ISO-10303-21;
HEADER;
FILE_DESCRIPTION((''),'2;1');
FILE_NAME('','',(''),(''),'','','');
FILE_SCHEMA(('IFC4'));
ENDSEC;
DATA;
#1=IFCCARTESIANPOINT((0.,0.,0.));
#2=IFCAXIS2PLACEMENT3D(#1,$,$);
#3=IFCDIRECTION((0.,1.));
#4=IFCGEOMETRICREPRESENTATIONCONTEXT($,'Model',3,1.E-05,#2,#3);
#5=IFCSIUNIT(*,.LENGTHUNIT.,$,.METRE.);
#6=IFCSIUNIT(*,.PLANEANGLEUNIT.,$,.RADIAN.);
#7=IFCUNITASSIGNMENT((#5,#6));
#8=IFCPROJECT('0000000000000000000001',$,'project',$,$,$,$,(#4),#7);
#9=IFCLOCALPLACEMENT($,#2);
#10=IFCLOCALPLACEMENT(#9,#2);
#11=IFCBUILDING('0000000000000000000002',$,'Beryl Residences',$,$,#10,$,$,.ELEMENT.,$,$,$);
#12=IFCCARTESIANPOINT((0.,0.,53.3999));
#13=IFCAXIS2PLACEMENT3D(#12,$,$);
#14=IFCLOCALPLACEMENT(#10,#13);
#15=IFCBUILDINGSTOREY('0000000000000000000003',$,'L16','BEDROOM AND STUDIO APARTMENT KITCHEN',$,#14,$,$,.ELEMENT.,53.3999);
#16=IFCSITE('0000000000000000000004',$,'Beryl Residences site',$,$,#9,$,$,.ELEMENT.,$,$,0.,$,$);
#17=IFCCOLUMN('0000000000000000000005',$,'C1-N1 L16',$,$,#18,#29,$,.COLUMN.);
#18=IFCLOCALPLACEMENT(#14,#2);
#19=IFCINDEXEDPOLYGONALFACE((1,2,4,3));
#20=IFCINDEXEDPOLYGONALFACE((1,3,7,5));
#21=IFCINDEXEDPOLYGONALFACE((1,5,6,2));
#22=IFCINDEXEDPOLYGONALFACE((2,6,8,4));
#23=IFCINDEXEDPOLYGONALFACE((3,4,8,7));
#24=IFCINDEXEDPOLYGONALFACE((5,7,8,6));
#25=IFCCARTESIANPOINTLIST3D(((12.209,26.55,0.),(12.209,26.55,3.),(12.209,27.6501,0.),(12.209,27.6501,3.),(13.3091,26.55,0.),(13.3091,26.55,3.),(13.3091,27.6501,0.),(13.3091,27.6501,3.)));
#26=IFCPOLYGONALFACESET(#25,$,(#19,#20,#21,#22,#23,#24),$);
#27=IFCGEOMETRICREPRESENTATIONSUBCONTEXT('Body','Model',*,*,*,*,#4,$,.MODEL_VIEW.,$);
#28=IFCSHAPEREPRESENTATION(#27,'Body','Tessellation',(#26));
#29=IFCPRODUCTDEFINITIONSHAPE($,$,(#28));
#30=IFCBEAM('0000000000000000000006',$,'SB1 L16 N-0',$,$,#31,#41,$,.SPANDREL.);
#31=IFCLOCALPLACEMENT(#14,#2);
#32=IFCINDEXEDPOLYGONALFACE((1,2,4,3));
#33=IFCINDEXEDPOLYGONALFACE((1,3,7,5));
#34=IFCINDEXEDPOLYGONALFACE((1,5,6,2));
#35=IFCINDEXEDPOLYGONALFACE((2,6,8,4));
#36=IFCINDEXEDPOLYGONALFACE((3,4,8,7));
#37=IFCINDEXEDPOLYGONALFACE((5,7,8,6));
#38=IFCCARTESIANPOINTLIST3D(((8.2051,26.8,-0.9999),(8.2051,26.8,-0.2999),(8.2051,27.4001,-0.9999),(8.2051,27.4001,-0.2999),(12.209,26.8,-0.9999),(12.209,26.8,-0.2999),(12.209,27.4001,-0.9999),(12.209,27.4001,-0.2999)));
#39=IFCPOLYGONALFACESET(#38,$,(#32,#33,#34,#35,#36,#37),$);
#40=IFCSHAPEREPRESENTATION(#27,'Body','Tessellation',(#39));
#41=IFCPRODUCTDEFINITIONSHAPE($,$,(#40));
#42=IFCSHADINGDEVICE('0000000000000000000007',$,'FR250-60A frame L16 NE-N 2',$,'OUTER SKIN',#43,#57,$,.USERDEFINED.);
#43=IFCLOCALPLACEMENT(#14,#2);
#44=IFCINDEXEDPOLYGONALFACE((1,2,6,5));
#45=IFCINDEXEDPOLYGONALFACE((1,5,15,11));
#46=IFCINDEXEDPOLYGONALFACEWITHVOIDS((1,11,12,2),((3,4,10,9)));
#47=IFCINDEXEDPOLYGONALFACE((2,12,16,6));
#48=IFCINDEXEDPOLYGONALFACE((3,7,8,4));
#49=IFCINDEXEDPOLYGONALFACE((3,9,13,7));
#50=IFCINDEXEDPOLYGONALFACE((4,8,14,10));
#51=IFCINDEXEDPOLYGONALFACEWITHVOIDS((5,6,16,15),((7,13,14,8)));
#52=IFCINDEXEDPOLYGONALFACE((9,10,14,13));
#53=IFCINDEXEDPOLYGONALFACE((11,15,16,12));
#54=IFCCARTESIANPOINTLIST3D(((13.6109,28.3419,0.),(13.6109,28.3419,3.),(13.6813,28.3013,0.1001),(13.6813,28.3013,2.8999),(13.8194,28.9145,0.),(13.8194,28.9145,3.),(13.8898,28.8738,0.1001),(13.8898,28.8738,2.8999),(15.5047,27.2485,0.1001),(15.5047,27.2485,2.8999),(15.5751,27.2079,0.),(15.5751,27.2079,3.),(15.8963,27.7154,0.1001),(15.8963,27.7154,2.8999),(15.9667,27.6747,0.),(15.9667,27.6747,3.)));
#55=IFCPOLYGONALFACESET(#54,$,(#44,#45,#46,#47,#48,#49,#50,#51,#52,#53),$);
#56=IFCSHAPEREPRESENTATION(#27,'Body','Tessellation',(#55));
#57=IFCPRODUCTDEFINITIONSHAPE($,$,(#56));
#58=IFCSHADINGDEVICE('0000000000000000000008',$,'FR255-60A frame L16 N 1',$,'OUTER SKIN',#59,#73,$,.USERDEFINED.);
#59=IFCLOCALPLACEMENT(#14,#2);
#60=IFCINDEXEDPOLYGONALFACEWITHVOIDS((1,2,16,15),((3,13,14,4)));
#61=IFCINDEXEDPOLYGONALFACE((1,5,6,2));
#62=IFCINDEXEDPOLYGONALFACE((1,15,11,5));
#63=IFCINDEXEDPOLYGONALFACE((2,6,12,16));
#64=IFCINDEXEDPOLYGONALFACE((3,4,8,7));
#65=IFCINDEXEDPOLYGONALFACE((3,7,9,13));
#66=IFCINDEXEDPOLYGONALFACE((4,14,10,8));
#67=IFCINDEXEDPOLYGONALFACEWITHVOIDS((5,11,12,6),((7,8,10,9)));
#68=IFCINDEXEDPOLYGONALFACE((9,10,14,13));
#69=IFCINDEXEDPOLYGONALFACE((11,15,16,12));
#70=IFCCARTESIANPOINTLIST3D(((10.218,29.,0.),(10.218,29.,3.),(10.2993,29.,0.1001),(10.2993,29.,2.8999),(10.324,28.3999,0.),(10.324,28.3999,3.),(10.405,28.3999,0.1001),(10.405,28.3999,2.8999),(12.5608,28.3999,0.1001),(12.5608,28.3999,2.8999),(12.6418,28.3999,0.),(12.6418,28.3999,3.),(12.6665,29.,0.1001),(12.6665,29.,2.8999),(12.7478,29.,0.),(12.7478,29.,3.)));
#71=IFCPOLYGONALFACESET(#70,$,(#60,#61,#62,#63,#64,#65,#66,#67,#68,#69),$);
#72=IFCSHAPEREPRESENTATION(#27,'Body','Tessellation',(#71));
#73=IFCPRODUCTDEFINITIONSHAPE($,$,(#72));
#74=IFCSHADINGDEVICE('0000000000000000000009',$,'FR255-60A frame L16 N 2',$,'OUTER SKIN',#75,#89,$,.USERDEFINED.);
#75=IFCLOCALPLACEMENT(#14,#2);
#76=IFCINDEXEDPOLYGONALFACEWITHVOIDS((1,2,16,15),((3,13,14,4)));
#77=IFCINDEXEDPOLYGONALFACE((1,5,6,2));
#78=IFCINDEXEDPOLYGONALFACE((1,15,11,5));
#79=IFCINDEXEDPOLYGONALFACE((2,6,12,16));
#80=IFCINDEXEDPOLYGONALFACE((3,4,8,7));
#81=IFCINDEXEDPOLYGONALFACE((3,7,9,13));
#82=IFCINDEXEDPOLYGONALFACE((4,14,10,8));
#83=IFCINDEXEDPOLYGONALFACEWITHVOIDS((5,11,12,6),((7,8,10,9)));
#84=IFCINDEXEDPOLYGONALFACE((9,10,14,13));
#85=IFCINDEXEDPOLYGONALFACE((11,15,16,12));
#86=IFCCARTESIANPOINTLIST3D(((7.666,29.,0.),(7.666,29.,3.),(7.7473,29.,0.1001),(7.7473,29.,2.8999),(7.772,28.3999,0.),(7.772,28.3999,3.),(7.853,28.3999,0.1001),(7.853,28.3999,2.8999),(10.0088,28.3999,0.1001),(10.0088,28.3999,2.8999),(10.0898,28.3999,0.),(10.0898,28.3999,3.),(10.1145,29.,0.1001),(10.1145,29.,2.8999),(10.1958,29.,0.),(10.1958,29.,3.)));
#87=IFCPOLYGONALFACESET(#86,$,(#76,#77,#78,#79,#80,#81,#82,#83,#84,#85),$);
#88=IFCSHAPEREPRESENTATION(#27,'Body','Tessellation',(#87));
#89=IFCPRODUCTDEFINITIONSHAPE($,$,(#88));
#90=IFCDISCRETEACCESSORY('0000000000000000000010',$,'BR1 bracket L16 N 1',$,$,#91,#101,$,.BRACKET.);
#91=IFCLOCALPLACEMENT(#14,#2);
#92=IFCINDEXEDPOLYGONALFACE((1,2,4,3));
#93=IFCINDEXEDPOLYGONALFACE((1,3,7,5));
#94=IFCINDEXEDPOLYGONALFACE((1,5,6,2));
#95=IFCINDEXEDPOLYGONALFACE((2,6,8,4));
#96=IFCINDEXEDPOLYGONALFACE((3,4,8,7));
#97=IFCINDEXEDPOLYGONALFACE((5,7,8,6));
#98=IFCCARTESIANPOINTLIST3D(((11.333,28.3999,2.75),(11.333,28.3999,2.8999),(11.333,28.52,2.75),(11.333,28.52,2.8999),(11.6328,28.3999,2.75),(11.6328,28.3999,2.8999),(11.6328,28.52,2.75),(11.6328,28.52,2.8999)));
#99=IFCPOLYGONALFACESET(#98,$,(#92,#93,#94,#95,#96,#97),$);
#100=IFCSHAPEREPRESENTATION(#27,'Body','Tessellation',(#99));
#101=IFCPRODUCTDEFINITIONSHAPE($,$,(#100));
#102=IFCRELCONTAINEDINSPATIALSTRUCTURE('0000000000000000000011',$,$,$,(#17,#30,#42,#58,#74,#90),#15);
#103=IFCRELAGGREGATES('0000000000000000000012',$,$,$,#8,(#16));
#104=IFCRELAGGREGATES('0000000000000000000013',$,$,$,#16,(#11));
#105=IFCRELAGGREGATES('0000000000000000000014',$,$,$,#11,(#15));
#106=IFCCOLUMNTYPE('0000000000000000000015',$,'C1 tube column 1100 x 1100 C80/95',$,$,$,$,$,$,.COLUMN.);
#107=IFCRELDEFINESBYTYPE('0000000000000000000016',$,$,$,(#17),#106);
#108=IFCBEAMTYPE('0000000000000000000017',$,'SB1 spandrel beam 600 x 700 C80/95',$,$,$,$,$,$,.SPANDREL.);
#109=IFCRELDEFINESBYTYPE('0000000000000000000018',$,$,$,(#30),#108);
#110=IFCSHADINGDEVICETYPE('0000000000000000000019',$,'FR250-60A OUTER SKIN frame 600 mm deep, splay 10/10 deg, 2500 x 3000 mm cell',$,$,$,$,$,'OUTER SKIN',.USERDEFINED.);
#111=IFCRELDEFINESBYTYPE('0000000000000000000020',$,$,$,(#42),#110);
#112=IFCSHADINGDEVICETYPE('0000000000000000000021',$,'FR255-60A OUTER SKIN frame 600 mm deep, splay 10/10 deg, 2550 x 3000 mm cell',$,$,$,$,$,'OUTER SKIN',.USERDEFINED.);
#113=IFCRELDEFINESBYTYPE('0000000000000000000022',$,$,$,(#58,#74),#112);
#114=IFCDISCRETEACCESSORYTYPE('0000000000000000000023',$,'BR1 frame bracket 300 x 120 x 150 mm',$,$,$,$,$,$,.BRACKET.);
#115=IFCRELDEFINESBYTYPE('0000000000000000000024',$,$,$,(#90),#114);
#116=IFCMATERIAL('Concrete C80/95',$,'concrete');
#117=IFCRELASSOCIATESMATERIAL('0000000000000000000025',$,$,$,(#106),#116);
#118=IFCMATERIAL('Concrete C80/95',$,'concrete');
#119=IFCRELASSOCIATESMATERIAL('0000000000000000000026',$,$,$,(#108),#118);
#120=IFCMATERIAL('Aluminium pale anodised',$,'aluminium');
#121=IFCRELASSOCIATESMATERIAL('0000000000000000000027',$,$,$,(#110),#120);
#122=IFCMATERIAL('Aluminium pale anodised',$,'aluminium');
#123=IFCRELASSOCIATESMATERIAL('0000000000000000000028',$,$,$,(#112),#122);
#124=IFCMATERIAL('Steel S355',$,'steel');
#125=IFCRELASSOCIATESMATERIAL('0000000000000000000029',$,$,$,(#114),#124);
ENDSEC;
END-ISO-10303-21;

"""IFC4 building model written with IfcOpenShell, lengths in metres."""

from ifc_helpers import new_model, entity, si_unit, direction, frame, origin, origin_2d, place, context, subcontext, project, spatial, polyline, rectangle, outline, extrude, source, transform, mapped, material, material_profile, profile_set, type_object, type_shapes, element, save


model = new_model("IFC4")

# Units and contexts
model_context = context("Model", 3, precision=1e-05, world=origin(), true_north=direction((0.0, 1.0)))
body_context = subcontext(model_context, "Body", "Model", "MODEL_VIEW")
ifc_project = project(units=[si_unit("LENGTHUNIT", "METRE"), si_unit("PLANEANGLEUNIT", "RADIAN")], contexts=[model_context])

# Site, building, storey
site_placement = place(None, origin())
site = spatial("IfcSite", under=ifc_project, at=site_placement, Name="Beryl Residences site", CompositionType="ELEMENT", RefElevation=0.0)
building_placement = place(site_placement, origin())
building = spatial("IfcBuilding", under=site, at=building_placement, Name="Beryl Residences", CompositionType="ELEMENT")
storey_placement = place(building_placement, frame((0.0, 0.0, 53.3999)))
storey = spatial("IfcBuildingStorey", under=building, at=storey_placement, Name="L16", Description="BEDROOM AND STUDIO APARTMENT KITCHEN", CompositionType="ELEMENT", Elevation=53.3999)

# Column
ifc_material_1 = material(Name="Concrete C80/95", Category="concrete")
ifc_material_profile_1 = material_profile(ifc_material_1, rectangle(XDim=1.1001, YDim=1.1001, at=origin_2d()))
ifc_profile_set_1 = profile_set([ifc_material_profile_1], Name="Concrete C80/95")
column_type = type_object("IfcColumnType", Name="C1 tube column 1100 x 1100 C80/95", PredefinedType="COLUMN", material=ifc_profile_set_1)
column_placement = place(storey_placement, frame((12.759, 27.1001, 0.0), z_axis=(0.0, 0.0, 1.0), x_axis=(-1.0, 0.0, 0.0)))
element("IfcColumn", 1, at=column_placement, inside=storey, type_object=column_type, Name="C1-N1 L16", PredefinedType="COLUMN", context=body_context, shape_type="SweptSolid", body=[
    extrude(rectangle(XDim=1.1001, YDim=1.1001, at=origin_2d()), origin(), (0.0, 0.0, 1.0), 3.0),
])

# Beam
ifc_material_2 = material(Name="Concrete C80/95", Category="concrete")
ifc_material_profile_2 = material_profile(ifc_material_2, rectangle(XDim=0.6001, YDim=0.7, at=origin_2d()))
ifc_profile_set_2 = profile_set([ifc_material_profile_2], Name="Concrete C80/95")
beam_type = type_object("IfcBeamType", Name="SB1 spandrel beam 600 x 700 C80/95", PredefinedType="SPANDREL", material=ifc_profile_set_2)
beam_placement = place(storey_placement, frame((12.209, 27.1001, -0.6499), z_axis=(-1.0, 0.0, 0.0), x_axis=(0.0, -1.0, 0.0)))
element("IfcBeam", 2, at=beam_placement, inside=storey, type_object=beam_type, Name="SB1 L16 N-0", PredefinedType="SPANDREL", context=body_context, shape_type="SweptSolid", body=[
    extrude(rectangle(XDim=0.6001, YDim=0.7, at=origin_2d()), origin(), (0.0, 0.0, 1.0), 4.0039),
])

# Shading devices
ifc_material_3 = material(Name="Aluminium pale anodised", Category="aluminium")
shading_device_type_1 = type_object("IfcShadingDeviceType", Name="FR250-60A OUTER SKIN frame 600 mm deep, splay 10/10 deg, 2500 x 3000 mm cell", ElementType="OUTER SKIN", PredefinedType="USERDEFINED", material=ifc_material_3)
cartesian_point_1 = entity("IfcCartesianPoint", [-1.134, 0.0])
cartesian_point_2 = entity("IfcCartesianPoint", [-1.0527, 0.1001])
cartesian_point_3 = entity("IfcCartesianPoint", [-1.2397, 0.0])
cartesian_point_4 = entity("IfcCartesianPoint", [-1.1584, 0.1001])
shared_shape_1 = source(origin(), body_context, "Body", "SweptSolid", [
    entity("IfcExtrudedAreaSolidTapered", entity("IfcArbitraryProfileDefWithVoids", "AREA", None, entity("IfcPolyline", [cartesian_point_1, entity("IfcCartesianPoint", [1.134, 0.0]), entity("IfcCartesianPoint", [1.134, 3.0]), entity("IfcCartesianPoint", [-1.134, 3.0]), cartesian_point_1]), [entity("IfcPolyline", [cartesian_point_2, entity("IfcCartesianPoint", [1.0527, 0.1001]), entity("IfcCartesianPoint", [1.0527, 2.8999]), entity("IfcCartesianPoint", [-1.0527, 2.8999]), cartesian_point_2])]), entity("IfcAxis2Placement3D", entity("IfcCartesianPoint", [0.0, 0.0, 0.0]), entity("IfcDirection", [0.0, 1.0, 0.0]), entity("IfcDirection", [-1.0, 0.0, 0.0])), entity("IfcDirection", [0.0, 0.0, 1.0]), 0.6001, entity("IfcArbitraryProfileDefWithVoids", "AREA", None, entity("IfcPolyline", [cartesian_point_3, entity("IfcCartesianPoint", [1.2397, 0.0]), entity("IfcCartesianPoint", [1.2397, 3.0]), entity("IfcCartesianPoint", [-1.2397, 3.0]), cartesian_point_3]), [entity("IfcPolyline", [cartesian_point_4, entity("IfcCartesianPoint", [1.1584, 0.1001]), entity("IfcCartesianPoint", [1.1584, 2.8999]), entity("IfcCartesianPoint", [-1.1584, 2.8999]), cartesian_point_4])])),
])
type_shapes(shading_device_type_1, [shared_shape_1])
shading_device_placement = place(storey_placement, frame((14.593, 27.7749, 0.0), z_axis=(0.0, 0.0, 1.0), x_axis=(0.866025, -0.5, 0.0)))
element("IfcShadingDevice", 3, at=shading_device_placement, inside=storey, type_object=shading_device_type_1, Name="FR250-60A frame L16 NE-N 2", ObjectType="OUTER SKIN", PredefinedType="USERDEFINED", context=body_context, shape_type="MappedRepresentation", body=[
    mapped(shared_shape_1, transform((0.0, 0.0, 0.0))),
])
ifc_material_4 = material(Name="Aluminium pale anodised", Category="aluminium")
shading_device_type_2 = type_object("IfcShadingDeviceType", Name="FR255-60A OUTER SKIN frame 600 mm deep, splay 10/10 deg, 2550 x 3000 mm cell", ElementType="OUTER SKIN", PredefinedType="USERDEFINED", material=ifc_material_4)
cartesian_point_5 = entity("IfcCartesianPoint", [-1.1589, 0.0])
cartesian_point_6 = entity("IfcCartesianPoint", [-1.0779, 0.1001])
cartesian_point_7 = entity("IfcCartesianPoint", [-1.2649, 0.0])
cartesian_point_8 = entity("IfcCartesianPoint", [-1.1836, 0.1001])
shared_shape_2 = source(origin(), body_context, "Body", "SweptSolid", [
    entity("IfcExtrudedAreaSolidTapered", entity("IfcArbitraryProfileDefWithVoids", "AREA", None, entity("IfcPolyline", [cartesian_point_5, entity("IfcCartesianPoint", [1.1589, 0.0]), entity("IfcCartesianPoint", [1.1589, 3.0]), entity("IfcCartesianPoint", [-1.1589, 3.0]), cartesian_point_5]), [entity("IfcPolyline", [cartesian_point_6, entity("IfcCartesianPoint", [1.0779, 0.1001]), entity("IfcCartesianPoint", [1.0779, 2.8999]), entity("IfcCartesianPoint", [-1.0779, 2.8999]), cartesian_point_6])]), entity("IfcAxis2Placement3D", entity("IfcCartesianPoint", [0.0, 0.0, 0.0]), entity("IfcDirection", [0.0, 1.0, 0.0]), entity("IfcDirection", [-1.0, 0.0, 0.0])), entity("IfcDirection", [0.0, 0.0, 1.0]), 0.6001, entity("IfcArbitraryProfileDefWithVoids", "AREA", None, entity("IfcPolyline", [cartesian_point_7, entity("IfcCartesianPoint", [1.2649, 0.0]), entity("IfcCartesianPoint", [1.2649, 3.0]), entity("IfcCartesianPoint", [-1.2649, 3.0]), cartesian_point_7]), [entity("IfcPolyline", [cartesian_point_8, entity("IfcCartesianPoint", [1.1836, 0.1001]), entity("IfcCartesianPoint", [1.1836, 2.8999]), entity("IfcCartesianPoint", [-1.1836, 2.8999]), cartesian_point_8])])),
])
type_shapes(shading_device_type_2, [shared_shape_2])
for number, where, z_axis, x_axis, name in (
    (4, (11.4829, 28.3999, 0.0), (0.0, 0.0, 1.0), (1.0, 0.0, 0.0), "FR255-60A frame L16 N 1"),
    (5, (8.9309, 28.3999, 0.0), (0.0, 0.0, 1.0), (1.0, 0.0, 0.0), "FR255-60A frame L16 N 2"),
):
    element("IfcShadingDevice", number, at=place(storey_placement, frame(where, z_axis=z_axis, x_axis=x_axis)), inside=storey, type_object=shading_device_type_2, Name=name, ObjectType="OUTER SKIN", PredefinedType="USERDEFINED", context=body_context, shape_type="MappedRepresentation", body=[
        mapped(shared_shape_2, transform((0.0, 0.0, 0.0))),
    ])

# Discrete accessory
ifc_material_5 = material(Name="Steel S355", Category="steel")
discrete_accessory_type = type_object("IfcDiscreteAccessoryType", Name="BR1 frame bracket 300 x 120 x 150 mm", PredefinedType="BRACKET", material=ifc_material_5)
shared_shape_3 = source(origin(), body_context, "Body", "SweptSolid", [
    extrude(outline(polyline([(-0.1499, 0.0), (0.1499, 0.0), (0.1499, 0.1201), (-0.1499, 0.1201), (-0.1499, 0.0)])), origin(), (0.0, 0.0, 1.0), 0.1499),
])
type_shapes(discrete_accessory_type, [shared_shape_3])
discrete_accessory_placement = place(storey_placement, frame((11.4829, 28.3999, 2.75), z_axis=(0.0, 0.0, 1.0), x_axis=(1.0, 0.0, 0.0)))
element("IfcDiscreteAccessory", 6, at=discrete_accessory_placement, inside=storey, type_object=discrete_accessory_type, Name="BR1 bracket L16 N 1", PredefinedType="BRACKET", context=body_context, shape_type="MappedRepresentation", body=[
    mapped(shared_shape_3, transform((0.0, 0.0, 0.0))),
])

save(model, "model.ifc")
